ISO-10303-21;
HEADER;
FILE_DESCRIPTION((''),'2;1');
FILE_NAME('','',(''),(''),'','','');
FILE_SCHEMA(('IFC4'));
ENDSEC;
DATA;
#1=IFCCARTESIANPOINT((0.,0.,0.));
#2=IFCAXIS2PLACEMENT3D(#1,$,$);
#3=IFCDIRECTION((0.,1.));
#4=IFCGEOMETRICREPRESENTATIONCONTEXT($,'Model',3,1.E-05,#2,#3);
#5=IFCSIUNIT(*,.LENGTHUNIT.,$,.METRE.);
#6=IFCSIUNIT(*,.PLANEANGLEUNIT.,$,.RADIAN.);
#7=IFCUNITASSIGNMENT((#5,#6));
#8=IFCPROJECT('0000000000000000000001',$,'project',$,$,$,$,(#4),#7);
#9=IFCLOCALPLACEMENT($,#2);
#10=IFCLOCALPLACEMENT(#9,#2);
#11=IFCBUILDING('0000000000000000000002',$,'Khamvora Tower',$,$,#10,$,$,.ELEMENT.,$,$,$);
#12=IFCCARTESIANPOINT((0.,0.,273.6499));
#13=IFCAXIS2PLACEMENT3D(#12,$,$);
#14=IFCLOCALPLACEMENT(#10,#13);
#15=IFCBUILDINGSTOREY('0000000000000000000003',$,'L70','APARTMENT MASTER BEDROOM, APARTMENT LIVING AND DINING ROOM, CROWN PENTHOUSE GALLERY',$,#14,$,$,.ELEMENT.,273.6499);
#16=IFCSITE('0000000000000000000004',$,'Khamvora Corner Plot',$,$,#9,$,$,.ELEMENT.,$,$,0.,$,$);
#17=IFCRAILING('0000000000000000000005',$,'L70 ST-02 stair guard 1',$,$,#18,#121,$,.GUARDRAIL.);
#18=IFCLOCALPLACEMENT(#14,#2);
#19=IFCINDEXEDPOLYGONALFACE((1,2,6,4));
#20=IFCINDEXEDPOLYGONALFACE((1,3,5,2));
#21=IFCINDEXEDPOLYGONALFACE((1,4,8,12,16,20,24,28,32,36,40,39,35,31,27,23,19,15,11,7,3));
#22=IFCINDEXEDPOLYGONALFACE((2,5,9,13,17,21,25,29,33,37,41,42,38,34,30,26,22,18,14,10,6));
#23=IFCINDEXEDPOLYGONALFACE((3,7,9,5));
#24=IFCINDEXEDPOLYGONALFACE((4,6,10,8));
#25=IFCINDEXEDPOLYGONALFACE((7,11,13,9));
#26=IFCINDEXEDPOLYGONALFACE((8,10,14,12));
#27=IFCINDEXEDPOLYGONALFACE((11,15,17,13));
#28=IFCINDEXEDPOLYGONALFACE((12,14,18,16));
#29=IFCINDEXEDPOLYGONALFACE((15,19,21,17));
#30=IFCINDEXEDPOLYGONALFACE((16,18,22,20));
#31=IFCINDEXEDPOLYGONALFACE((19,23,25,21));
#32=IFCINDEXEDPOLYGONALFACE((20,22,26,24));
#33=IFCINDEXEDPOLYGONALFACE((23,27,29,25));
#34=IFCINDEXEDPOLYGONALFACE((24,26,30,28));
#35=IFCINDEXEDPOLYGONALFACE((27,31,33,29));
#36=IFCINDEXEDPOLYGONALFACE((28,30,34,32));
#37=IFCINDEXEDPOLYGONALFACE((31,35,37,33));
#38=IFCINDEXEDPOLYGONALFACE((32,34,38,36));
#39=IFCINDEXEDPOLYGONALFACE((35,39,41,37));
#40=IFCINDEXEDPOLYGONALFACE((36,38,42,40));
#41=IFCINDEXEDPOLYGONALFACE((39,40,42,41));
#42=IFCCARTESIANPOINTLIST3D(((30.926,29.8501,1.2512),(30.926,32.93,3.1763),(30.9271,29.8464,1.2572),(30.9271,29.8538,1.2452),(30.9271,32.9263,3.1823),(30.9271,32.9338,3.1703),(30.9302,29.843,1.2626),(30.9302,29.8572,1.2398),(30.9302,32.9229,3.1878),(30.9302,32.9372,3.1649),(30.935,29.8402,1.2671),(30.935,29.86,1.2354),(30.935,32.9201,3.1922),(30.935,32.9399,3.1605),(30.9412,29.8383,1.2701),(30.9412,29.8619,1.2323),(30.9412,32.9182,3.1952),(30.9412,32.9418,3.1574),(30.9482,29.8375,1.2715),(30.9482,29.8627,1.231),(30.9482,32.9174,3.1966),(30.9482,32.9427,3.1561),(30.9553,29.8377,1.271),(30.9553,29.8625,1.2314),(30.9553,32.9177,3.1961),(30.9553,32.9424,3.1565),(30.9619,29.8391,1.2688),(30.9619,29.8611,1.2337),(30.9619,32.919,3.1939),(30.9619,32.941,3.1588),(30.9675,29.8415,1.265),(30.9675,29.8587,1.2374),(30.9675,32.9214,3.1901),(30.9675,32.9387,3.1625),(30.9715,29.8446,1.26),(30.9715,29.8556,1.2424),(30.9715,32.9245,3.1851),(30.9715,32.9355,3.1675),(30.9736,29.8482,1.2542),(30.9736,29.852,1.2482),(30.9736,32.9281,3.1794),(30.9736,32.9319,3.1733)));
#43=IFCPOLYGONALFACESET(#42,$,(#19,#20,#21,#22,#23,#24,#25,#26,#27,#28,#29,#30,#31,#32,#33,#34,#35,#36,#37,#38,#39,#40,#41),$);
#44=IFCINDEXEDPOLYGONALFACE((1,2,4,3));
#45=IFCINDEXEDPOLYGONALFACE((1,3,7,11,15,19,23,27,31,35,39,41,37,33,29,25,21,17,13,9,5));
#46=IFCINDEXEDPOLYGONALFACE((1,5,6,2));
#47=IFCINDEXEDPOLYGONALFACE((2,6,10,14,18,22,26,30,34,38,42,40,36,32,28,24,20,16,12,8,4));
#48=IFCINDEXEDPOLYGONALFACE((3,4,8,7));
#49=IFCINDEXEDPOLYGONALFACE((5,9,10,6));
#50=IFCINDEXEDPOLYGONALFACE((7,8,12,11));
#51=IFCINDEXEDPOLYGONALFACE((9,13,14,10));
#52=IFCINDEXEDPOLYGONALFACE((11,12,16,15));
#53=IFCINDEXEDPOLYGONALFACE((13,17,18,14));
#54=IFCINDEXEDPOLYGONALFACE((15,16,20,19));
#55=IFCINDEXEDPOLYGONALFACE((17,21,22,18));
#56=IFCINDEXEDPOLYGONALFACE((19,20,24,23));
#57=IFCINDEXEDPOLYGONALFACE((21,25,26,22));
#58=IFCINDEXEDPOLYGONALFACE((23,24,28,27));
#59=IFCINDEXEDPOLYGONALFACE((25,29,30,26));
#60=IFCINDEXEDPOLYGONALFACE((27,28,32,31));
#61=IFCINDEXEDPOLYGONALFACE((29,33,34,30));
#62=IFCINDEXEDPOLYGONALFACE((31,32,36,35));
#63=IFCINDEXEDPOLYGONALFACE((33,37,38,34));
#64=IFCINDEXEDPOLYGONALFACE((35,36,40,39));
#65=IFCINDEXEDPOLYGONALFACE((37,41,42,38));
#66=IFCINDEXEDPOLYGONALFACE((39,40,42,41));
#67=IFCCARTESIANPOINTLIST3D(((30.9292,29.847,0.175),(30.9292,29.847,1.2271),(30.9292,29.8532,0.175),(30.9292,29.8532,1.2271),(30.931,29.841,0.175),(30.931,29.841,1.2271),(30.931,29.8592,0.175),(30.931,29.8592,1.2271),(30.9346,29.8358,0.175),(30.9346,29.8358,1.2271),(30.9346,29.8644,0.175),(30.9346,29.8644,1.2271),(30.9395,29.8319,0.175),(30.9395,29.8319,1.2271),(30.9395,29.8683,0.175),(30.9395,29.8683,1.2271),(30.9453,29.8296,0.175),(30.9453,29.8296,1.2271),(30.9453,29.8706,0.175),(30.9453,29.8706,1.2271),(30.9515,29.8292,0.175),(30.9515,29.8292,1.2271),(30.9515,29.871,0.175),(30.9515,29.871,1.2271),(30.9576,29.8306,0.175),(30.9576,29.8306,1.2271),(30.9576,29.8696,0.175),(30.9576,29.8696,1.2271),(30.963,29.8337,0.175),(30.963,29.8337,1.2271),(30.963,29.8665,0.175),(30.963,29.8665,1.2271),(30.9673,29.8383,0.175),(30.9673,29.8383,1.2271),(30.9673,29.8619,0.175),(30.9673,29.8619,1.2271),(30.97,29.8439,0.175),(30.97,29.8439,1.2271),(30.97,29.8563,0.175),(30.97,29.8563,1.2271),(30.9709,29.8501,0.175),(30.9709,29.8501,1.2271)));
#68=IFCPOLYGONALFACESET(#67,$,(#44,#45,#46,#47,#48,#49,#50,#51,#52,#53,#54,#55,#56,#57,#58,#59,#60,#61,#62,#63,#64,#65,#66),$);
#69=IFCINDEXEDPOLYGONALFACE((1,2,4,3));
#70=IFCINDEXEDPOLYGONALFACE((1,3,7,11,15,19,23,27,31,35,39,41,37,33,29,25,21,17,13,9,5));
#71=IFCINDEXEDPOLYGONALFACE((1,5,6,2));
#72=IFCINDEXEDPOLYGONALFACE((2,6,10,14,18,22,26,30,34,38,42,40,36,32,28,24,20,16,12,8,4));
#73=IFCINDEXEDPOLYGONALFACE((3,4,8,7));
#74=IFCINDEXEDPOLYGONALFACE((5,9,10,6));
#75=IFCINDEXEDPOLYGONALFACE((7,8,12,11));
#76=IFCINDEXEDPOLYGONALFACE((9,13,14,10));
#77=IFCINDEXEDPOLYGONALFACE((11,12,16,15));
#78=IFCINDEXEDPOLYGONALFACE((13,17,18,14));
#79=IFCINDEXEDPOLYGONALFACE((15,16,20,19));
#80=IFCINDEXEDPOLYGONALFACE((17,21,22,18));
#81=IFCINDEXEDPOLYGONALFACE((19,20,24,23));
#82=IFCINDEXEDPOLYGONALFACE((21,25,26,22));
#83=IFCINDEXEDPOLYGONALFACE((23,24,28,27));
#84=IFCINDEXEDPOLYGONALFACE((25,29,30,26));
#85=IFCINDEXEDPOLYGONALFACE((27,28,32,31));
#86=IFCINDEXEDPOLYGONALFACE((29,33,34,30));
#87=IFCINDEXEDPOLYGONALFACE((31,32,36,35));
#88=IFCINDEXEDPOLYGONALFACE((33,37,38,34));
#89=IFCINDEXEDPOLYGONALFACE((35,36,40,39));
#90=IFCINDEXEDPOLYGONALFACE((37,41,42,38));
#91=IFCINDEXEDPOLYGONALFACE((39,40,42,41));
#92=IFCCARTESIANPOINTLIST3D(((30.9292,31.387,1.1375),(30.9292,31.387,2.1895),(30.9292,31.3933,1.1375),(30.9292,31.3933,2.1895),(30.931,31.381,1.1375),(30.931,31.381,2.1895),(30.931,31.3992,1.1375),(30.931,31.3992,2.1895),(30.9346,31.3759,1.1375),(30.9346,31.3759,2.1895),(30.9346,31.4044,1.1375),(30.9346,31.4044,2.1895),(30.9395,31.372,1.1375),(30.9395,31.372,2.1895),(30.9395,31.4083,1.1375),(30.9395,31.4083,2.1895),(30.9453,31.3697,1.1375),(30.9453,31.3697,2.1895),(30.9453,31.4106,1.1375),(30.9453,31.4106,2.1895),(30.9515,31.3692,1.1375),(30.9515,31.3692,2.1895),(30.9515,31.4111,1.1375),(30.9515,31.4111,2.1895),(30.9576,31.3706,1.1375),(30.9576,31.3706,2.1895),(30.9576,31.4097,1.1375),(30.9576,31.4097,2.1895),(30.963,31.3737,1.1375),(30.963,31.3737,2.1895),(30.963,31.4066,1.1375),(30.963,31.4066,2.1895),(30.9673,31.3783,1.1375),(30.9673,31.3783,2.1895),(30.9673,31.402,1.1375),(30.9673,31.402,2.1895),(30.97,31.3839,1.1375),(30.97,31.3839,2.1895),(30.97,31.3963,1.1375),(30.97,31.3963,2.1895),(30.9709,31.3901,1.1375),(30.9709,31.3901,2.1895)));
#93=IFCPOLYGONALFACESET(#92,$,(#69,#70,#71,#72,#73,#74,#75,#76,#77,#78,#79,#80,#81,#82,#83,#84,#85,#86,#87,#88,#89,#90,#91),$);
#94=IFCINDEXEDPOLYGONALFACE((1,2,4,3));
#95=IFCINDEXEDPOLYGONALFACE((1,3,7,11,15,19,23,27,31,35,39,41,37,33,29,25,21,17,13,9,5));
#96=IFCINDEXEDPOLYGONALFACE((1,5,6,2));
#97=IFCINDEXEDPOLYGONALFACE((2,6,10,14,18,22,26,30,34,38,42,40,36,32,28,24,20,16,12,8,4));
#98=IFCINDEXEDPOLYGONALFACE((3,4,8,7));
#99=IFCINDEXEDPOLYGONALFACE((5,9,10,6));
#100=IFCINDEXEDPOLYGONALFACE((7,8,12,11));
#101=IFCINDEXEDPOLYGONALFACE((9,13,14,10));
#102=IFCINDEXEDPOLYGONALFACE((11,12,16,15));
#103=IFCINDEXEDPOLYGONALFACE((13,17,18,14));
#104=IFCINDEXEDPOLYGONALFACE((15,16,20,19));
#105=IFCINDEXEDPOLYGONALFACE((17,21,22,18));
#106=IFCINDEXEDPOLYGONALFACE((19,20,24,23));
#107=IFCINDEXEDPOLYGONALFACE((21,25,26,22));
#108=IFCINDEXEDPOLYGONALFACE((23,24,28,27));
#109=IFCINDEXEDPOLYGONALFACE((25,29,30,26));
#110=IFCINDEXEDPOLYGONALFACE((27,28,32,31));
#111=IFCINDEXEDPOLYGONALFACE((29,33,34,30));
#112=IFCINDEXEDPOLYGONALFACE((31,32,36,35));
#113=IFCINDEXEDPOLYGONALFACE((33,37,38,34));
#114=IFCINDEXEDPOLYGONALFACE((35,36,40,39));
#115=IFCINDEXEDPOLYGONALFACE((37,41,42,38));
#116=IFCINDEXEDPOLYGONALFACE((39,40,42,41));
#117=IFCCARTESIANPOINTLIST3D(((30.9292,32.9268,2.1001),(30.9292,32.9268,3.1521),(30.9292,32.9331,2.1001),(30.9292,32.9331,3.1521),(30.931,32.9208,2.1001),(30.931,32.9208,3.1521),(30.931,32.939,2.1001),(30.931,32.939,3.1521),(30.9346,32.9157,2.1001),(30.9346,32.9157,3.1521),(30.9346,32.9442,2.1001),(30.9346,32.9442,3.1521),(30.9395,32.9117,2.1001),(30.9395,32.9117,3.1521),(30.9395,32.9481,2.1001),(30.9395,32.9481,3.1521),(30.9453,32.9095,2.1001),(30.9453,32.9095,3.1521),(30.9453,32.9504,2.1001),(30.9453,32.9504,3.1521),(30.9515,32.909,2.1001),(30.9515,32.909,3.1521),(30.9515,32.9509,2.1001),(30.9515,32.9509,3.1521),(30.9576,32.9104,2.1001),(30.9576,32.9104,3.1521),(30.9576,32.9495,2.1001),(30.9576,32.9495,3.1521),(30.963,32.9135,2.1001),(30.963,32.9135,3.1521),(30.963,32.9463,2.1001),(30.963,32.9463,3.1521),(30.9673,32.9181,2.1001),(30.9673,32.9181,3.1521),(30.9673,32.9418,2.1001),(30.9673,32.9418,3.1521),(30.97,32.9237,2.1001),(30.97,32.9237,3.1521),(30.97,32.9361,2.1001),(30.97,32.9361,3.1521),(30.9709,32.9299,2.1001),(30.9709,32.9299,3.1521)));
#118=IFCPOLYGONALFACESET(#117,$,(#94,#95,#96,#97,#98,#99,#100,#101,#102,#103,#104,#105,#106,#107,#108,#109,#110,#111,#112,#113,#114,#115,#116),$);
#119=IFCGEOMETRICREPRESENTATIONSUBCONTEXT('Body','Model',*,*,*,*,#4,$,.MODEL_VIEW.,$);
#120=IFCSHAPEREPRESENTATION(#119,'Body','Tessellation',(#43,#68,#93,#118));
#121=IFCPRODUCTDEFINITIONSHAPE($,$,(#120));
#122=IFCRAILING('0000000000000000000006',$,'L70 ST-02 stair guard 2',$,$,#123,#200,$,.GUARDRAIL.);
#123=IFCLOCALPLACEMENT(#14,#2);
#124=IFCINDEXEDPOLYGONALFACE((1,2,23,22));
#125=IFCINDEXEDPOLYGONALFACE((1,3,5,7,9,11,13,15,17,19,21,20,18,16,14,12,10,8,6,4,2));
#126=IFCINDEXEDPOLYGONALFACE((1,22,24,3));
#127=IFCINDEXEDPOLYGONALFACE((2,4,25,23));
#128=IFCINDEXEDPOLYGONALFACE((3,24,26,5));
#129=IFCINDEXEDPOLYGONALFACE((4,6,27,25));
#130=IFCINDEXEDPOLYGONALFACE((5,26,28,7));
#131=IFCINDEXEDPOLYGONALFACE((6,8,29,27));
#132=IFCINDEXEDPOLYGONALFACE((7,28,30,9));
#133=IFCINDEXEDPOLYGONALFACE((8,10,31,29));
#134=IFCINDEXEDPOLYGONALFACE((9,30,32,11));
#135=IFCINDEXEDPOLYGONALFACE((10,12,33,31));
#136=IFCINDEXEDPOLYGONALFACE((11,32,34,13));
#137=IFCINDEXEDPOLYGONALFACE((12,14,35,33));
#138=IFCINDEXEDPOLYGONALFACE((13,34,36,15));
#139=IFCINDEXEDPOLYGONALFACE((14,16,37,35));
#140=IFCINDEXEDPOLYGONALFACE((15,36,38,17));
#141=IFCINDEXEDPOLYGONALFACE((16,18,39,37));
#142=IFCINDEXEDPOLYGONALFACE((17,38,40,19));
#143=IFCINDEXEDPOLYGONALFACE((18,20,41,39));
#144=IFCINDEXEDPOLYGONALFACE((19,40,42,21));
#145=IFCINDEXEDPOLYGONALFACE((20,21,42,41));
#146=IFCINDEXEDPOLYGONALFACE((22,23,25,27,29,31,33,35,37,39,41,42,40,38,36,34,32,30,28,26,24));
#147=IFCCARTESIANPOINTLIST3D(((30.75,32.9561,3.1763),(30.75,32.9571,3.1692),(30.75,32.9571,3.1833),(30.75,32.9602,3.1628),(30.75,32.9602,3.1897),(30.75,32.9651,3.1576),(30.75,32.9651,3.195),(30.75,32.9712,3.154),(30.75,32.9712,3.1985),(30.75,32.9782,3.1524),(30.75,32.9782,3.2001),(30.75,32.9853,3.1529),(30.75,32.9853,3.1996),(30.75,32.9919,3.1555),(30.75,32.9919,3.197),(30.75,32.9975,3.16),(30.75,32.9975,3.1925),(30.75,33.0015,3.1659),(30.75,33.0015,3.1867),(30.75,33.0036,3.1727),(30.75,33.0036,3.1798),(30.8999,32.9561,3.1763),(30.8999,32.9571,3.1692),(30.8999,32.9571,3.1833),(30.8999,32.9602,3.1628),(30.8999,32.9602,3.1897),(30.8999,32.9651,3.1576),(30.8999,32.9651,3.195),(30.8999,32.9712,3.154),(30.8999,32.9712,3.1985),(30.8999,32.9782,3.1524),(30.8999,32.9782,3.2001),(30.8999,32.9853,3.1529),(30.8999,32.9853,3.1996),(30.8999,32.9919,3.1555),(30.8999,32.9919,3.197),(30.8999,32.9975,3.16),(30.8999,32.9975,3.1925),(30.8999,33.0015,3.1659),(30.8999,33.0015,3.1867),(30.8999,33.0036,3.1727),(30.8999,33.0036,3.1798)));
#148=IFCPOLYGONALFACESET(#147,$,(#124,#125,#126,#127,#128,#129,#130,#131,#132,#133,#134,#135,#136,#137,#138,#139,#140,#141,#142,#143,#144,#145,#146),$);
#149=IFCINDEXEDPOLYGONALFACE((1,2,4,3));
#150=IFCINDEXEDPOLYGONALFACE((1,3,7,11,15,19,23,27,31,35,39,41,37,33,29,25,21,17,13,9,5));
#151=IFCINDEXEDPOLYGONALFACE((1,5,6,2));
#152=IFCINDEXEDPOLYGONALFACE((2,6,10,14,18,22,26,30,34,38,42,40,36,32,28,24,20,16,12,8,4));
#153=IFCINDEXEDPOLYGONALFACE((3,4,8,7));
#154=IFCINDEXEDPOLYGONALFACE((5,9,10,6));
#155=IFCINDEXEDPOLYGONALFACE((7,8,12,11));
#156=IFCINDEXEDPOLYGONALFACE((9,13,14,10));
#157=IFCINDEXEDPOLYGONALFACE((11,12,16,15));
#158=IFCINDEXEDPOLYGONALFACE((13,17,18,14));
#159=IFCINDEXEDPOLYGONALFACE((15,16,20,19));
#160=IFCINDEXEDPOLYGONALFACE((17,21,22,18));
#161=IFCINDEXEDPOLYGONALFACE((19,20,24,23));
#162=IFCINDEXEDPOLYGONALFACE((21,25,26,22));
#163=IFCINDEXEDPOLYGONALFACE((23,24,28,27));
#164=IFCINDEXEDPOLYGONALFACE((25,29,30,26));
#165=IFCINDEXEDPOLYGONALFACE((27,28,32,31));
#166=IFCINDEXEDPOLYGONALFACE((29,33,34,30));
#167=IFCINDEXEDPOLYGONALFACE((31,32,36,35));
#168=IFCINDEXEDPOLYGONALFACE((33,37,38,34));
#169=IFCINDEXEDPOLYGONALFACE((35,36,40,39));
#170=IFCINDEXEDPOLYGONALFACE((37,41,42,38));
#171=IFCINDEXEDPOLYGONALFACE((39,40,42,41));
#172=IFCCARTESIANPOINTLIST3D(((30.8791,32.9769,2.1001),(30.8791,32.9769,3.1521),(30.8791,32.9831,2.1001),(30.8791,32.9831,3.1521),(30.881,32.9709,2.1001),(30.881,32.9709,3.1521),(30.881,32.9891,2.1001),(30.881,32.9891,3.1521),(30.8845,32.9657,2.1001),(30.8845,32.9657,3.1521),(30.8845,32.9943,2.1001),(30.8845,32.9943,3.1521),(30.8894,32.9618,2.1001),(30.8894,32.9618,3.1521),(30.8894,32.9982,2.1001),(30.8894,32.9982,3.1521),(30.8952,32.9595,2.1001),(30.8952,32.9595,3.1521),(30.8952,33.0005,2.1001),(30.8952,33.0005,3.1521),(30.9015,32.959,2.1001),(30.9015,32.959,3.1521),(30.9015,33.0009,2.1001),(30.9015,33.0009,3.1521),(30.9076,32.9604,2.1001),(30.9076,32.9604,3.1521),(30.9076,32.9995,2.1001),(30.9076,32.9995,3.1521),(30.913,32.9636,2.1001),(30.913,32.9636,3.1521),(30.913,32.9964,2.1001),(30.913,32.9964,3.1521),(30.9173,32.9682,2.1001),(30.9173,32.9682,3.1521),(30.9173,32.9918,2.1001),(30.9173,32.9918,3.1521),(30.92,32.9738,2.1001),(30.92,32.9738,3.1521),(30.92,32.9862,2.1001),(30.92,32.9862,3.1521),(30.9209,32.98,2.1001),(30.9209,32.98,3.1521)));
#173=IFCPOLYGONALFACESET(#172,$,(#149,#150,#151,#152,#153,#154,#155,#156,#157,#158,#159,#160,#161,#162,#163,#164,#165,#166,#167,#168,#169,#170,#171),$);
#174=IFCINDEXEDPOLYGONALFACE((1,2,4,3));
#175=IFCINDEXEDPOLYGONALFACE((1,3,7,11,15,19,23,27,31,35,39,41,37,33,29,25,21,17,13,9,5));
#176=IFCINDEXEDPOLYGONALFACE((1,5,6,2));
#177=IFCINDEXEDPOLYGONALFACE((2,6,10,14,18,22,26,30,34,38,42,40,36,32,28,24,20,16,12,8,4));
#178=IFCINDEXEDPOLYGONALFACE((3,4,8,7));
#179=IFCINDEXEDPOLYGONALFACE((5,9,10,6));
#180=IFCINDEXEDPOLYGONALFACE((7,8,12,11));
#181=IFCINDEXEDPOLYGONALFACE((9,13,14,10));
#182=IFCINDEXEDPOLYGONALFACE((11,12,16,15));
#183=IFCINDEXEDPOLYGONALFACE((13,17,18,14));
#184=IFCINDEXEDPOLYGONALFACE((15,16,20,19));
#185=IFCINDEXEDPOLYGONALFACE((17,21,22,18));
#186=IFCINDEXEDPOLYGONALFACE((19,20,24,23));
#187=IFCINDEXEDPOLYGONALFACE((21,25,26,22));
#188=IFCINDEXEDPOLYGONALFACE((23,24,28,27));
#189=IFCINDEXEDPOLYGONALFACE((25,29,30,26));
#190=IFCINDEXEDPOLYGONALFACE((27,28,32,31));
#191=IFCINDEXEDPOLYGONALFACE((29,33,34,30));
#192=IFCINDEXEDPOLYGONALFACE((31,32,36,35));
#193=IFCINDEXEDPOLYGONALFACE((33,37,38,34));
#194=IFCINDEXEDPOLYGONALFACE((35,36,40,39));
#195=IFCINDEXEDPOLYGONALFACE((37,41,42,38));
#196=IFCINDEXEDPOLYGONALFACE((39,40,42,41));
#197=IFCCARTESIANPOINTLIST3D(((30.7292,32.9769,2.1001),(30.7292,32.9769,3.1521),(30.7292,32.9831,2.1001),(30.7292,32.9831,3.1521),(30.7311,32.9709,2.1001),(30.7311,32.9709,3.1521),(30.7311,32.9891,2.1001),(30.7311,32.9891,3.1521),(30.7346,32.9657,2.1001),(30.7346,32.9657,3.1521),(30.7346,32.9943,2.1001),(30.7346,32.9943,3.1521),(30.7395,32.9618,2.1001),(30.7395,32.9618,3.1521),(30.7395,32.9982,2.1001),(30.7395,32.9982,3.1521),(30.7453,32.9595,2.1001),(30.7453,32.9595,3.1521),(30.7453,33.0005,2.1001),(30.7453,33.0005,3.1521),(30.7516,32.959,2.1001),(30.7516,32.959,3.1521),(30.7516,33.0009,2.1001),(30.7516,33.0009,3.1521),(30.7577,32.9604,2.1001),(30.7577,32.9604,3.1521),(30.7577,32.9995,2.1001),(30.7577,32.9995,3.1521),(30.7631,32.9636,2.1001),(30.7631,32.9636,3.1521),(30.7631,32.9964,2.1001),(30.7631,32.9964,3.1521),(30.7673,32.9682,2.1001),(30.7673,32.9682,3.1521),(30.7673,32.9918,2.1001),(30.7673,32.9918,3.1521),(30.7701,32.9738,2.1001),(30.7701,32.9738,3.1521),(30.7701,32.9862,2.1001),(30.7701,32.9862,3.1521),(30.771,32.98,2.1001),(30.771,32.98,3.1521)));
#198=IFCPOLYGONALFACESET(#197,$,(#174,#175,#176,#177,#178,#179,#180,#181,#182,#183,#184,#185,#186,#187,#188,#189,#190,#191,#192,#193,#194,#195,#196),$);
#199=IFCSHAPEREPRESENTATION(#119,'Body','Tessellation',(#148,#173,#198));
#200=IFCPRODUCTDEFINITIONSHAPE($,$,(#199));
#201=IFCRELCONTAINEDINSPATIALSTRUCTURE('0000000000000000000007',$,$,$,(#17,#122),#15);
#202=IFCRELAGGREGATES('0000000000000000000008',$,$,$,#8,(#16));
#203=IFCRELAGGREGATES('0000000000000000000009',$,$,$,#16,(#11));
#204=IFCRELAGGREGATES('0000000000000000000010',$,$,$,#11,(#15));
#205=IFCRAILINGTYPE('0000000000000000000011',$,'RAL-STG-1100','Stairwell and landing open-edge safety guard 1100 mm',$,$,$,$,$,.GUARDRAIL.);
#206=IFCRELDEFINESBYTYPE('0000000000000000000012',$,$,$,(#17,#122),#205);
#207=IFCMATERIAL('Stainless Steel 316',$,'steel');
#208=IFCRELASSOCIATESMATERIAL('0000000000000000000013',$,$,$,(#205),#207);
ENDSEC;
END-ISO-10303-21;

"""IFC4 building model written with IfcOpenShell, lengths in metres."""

from ifc_helpers import new_model, si_unit, direction, frame, origin, origin_2d, place, context, subcontext, project, spatial, circle, extrude, material, type_object, element, save


model = new_model("IFC4")

# Units and contexts
model_context = context("Model", 3, precision=1e-05, world=origin(), true_north=direction((0.0, 1.0)))
body_context = subcontext(model_context, "Body", "Model", "MODEL_VIEW")
ifc_project = project(units=[si_unit("LENGTHUNIT", "METRE"), si_unit("PLANEANGLEUNIT", "RADIAN")], contexts=[model_context])

# Site, building, storey
site_placement = place(None, origin())
site = spatial("IfcSite", under=ifc_project, at=site_placement, Name="Khamvora Corner Plot", CompositionType="ELEMENT", RefElevation=0.0)
building_placement = place(site_placement, origin())
building = spatial("IfcBuilding", under=site, at=building_placement, Name="Khamvora Tower", CompositionType="ELEMENT")
storey_placement = place(building_placement, frame((0.0, 0.0, 273.6499)))
storey = spatial("IfcBuildingStorey", under=building, at=storey_placement, Name="L70", Description="APARTMENT MASTER BEDROOM, APARTMENT LIVING AND DINING ROOM, CROWN PENTHOUSE GALLERY", CompositionType="ELEMENT", Elevation=273.6499)

# Railings
ifc_material_1 = material(Name="Stainless Steel 316", Category="steel")
railing_type_1 = type_object("IfcRailingType", Name="RAL-STG-1100", Description="Stairwell and landing open-edge safety guard 1100 mm", PredefinedType="GUARDRAIL", material=ifc_material_1)
railing_1_placement = place(storey_placement, frame((30.95, 29.8501, 0.175)))
element("IfcRailing", 1, at=railing_1_placement, inside=storey, type_object=railing_type_1, Name="L70 ST-02 stair guard 1", PredefinedType="GUARDRAIL", context=body_context, shape_type="SweptSolid", body=[
    extrude(circle(Radius=0.0239, at=origin_2d()), frame((0.0, 0.0, 1.0762), z_axis=(0.0, 0.847979, 0.530029), x_axis=(-1.0, 0.0, 0.0)), (0.0, 0.0, 1.0), 3.6321),
    extrude(circle(Radius=0.021, at=origin_2d()), origin(), (0.0, 0.0, 1.0), 1.052),
    extrude(circle(Radius=0.021, at=origin_2d()), frame((0.0, 1.54, 0.9624)), (0.0, 0.0, 1.0), 1.052),
    extrude(circle(Radius=0.021, at=origin_2d()), frame((0.0, 3.0798, 1.925)), (0.0, 0.0, 1.0), 1.052),
])
railing_2_placement = place(storey_placement, frame((30.8999, 32.98, 2.1001)))
element("IfcRailing", 2, at=railing_2_placement, inside=storey, type_object=railing_type_1, Name="L70 ST-02 stair guard 2", PredefinedType="GUARDRAIL", context=body_context, shape_type="SweptSolid", body=[
    extrude(circle(Radius=0.0239, at=origin_2d()), frame((0.0, 0.0, 1.0762), z_axis=(-1.0, 0.0, 0.0), x_axis=(0.0, -1.0, 0.0)), (0.0, 0.0, 1.0), 0.1499),
    extrude(circle(Radius=0.021, at=origin_2d()), origin(), (0.0, 0.0, 1.0), 1.052),
    extrude(circle(Radius=0.021, at=origin_2d()), frame((-0.1499, 0.0, 0.0)), (0.0, 0.0, 1.0), 1.052),
])

save(model, "model.ifc")
